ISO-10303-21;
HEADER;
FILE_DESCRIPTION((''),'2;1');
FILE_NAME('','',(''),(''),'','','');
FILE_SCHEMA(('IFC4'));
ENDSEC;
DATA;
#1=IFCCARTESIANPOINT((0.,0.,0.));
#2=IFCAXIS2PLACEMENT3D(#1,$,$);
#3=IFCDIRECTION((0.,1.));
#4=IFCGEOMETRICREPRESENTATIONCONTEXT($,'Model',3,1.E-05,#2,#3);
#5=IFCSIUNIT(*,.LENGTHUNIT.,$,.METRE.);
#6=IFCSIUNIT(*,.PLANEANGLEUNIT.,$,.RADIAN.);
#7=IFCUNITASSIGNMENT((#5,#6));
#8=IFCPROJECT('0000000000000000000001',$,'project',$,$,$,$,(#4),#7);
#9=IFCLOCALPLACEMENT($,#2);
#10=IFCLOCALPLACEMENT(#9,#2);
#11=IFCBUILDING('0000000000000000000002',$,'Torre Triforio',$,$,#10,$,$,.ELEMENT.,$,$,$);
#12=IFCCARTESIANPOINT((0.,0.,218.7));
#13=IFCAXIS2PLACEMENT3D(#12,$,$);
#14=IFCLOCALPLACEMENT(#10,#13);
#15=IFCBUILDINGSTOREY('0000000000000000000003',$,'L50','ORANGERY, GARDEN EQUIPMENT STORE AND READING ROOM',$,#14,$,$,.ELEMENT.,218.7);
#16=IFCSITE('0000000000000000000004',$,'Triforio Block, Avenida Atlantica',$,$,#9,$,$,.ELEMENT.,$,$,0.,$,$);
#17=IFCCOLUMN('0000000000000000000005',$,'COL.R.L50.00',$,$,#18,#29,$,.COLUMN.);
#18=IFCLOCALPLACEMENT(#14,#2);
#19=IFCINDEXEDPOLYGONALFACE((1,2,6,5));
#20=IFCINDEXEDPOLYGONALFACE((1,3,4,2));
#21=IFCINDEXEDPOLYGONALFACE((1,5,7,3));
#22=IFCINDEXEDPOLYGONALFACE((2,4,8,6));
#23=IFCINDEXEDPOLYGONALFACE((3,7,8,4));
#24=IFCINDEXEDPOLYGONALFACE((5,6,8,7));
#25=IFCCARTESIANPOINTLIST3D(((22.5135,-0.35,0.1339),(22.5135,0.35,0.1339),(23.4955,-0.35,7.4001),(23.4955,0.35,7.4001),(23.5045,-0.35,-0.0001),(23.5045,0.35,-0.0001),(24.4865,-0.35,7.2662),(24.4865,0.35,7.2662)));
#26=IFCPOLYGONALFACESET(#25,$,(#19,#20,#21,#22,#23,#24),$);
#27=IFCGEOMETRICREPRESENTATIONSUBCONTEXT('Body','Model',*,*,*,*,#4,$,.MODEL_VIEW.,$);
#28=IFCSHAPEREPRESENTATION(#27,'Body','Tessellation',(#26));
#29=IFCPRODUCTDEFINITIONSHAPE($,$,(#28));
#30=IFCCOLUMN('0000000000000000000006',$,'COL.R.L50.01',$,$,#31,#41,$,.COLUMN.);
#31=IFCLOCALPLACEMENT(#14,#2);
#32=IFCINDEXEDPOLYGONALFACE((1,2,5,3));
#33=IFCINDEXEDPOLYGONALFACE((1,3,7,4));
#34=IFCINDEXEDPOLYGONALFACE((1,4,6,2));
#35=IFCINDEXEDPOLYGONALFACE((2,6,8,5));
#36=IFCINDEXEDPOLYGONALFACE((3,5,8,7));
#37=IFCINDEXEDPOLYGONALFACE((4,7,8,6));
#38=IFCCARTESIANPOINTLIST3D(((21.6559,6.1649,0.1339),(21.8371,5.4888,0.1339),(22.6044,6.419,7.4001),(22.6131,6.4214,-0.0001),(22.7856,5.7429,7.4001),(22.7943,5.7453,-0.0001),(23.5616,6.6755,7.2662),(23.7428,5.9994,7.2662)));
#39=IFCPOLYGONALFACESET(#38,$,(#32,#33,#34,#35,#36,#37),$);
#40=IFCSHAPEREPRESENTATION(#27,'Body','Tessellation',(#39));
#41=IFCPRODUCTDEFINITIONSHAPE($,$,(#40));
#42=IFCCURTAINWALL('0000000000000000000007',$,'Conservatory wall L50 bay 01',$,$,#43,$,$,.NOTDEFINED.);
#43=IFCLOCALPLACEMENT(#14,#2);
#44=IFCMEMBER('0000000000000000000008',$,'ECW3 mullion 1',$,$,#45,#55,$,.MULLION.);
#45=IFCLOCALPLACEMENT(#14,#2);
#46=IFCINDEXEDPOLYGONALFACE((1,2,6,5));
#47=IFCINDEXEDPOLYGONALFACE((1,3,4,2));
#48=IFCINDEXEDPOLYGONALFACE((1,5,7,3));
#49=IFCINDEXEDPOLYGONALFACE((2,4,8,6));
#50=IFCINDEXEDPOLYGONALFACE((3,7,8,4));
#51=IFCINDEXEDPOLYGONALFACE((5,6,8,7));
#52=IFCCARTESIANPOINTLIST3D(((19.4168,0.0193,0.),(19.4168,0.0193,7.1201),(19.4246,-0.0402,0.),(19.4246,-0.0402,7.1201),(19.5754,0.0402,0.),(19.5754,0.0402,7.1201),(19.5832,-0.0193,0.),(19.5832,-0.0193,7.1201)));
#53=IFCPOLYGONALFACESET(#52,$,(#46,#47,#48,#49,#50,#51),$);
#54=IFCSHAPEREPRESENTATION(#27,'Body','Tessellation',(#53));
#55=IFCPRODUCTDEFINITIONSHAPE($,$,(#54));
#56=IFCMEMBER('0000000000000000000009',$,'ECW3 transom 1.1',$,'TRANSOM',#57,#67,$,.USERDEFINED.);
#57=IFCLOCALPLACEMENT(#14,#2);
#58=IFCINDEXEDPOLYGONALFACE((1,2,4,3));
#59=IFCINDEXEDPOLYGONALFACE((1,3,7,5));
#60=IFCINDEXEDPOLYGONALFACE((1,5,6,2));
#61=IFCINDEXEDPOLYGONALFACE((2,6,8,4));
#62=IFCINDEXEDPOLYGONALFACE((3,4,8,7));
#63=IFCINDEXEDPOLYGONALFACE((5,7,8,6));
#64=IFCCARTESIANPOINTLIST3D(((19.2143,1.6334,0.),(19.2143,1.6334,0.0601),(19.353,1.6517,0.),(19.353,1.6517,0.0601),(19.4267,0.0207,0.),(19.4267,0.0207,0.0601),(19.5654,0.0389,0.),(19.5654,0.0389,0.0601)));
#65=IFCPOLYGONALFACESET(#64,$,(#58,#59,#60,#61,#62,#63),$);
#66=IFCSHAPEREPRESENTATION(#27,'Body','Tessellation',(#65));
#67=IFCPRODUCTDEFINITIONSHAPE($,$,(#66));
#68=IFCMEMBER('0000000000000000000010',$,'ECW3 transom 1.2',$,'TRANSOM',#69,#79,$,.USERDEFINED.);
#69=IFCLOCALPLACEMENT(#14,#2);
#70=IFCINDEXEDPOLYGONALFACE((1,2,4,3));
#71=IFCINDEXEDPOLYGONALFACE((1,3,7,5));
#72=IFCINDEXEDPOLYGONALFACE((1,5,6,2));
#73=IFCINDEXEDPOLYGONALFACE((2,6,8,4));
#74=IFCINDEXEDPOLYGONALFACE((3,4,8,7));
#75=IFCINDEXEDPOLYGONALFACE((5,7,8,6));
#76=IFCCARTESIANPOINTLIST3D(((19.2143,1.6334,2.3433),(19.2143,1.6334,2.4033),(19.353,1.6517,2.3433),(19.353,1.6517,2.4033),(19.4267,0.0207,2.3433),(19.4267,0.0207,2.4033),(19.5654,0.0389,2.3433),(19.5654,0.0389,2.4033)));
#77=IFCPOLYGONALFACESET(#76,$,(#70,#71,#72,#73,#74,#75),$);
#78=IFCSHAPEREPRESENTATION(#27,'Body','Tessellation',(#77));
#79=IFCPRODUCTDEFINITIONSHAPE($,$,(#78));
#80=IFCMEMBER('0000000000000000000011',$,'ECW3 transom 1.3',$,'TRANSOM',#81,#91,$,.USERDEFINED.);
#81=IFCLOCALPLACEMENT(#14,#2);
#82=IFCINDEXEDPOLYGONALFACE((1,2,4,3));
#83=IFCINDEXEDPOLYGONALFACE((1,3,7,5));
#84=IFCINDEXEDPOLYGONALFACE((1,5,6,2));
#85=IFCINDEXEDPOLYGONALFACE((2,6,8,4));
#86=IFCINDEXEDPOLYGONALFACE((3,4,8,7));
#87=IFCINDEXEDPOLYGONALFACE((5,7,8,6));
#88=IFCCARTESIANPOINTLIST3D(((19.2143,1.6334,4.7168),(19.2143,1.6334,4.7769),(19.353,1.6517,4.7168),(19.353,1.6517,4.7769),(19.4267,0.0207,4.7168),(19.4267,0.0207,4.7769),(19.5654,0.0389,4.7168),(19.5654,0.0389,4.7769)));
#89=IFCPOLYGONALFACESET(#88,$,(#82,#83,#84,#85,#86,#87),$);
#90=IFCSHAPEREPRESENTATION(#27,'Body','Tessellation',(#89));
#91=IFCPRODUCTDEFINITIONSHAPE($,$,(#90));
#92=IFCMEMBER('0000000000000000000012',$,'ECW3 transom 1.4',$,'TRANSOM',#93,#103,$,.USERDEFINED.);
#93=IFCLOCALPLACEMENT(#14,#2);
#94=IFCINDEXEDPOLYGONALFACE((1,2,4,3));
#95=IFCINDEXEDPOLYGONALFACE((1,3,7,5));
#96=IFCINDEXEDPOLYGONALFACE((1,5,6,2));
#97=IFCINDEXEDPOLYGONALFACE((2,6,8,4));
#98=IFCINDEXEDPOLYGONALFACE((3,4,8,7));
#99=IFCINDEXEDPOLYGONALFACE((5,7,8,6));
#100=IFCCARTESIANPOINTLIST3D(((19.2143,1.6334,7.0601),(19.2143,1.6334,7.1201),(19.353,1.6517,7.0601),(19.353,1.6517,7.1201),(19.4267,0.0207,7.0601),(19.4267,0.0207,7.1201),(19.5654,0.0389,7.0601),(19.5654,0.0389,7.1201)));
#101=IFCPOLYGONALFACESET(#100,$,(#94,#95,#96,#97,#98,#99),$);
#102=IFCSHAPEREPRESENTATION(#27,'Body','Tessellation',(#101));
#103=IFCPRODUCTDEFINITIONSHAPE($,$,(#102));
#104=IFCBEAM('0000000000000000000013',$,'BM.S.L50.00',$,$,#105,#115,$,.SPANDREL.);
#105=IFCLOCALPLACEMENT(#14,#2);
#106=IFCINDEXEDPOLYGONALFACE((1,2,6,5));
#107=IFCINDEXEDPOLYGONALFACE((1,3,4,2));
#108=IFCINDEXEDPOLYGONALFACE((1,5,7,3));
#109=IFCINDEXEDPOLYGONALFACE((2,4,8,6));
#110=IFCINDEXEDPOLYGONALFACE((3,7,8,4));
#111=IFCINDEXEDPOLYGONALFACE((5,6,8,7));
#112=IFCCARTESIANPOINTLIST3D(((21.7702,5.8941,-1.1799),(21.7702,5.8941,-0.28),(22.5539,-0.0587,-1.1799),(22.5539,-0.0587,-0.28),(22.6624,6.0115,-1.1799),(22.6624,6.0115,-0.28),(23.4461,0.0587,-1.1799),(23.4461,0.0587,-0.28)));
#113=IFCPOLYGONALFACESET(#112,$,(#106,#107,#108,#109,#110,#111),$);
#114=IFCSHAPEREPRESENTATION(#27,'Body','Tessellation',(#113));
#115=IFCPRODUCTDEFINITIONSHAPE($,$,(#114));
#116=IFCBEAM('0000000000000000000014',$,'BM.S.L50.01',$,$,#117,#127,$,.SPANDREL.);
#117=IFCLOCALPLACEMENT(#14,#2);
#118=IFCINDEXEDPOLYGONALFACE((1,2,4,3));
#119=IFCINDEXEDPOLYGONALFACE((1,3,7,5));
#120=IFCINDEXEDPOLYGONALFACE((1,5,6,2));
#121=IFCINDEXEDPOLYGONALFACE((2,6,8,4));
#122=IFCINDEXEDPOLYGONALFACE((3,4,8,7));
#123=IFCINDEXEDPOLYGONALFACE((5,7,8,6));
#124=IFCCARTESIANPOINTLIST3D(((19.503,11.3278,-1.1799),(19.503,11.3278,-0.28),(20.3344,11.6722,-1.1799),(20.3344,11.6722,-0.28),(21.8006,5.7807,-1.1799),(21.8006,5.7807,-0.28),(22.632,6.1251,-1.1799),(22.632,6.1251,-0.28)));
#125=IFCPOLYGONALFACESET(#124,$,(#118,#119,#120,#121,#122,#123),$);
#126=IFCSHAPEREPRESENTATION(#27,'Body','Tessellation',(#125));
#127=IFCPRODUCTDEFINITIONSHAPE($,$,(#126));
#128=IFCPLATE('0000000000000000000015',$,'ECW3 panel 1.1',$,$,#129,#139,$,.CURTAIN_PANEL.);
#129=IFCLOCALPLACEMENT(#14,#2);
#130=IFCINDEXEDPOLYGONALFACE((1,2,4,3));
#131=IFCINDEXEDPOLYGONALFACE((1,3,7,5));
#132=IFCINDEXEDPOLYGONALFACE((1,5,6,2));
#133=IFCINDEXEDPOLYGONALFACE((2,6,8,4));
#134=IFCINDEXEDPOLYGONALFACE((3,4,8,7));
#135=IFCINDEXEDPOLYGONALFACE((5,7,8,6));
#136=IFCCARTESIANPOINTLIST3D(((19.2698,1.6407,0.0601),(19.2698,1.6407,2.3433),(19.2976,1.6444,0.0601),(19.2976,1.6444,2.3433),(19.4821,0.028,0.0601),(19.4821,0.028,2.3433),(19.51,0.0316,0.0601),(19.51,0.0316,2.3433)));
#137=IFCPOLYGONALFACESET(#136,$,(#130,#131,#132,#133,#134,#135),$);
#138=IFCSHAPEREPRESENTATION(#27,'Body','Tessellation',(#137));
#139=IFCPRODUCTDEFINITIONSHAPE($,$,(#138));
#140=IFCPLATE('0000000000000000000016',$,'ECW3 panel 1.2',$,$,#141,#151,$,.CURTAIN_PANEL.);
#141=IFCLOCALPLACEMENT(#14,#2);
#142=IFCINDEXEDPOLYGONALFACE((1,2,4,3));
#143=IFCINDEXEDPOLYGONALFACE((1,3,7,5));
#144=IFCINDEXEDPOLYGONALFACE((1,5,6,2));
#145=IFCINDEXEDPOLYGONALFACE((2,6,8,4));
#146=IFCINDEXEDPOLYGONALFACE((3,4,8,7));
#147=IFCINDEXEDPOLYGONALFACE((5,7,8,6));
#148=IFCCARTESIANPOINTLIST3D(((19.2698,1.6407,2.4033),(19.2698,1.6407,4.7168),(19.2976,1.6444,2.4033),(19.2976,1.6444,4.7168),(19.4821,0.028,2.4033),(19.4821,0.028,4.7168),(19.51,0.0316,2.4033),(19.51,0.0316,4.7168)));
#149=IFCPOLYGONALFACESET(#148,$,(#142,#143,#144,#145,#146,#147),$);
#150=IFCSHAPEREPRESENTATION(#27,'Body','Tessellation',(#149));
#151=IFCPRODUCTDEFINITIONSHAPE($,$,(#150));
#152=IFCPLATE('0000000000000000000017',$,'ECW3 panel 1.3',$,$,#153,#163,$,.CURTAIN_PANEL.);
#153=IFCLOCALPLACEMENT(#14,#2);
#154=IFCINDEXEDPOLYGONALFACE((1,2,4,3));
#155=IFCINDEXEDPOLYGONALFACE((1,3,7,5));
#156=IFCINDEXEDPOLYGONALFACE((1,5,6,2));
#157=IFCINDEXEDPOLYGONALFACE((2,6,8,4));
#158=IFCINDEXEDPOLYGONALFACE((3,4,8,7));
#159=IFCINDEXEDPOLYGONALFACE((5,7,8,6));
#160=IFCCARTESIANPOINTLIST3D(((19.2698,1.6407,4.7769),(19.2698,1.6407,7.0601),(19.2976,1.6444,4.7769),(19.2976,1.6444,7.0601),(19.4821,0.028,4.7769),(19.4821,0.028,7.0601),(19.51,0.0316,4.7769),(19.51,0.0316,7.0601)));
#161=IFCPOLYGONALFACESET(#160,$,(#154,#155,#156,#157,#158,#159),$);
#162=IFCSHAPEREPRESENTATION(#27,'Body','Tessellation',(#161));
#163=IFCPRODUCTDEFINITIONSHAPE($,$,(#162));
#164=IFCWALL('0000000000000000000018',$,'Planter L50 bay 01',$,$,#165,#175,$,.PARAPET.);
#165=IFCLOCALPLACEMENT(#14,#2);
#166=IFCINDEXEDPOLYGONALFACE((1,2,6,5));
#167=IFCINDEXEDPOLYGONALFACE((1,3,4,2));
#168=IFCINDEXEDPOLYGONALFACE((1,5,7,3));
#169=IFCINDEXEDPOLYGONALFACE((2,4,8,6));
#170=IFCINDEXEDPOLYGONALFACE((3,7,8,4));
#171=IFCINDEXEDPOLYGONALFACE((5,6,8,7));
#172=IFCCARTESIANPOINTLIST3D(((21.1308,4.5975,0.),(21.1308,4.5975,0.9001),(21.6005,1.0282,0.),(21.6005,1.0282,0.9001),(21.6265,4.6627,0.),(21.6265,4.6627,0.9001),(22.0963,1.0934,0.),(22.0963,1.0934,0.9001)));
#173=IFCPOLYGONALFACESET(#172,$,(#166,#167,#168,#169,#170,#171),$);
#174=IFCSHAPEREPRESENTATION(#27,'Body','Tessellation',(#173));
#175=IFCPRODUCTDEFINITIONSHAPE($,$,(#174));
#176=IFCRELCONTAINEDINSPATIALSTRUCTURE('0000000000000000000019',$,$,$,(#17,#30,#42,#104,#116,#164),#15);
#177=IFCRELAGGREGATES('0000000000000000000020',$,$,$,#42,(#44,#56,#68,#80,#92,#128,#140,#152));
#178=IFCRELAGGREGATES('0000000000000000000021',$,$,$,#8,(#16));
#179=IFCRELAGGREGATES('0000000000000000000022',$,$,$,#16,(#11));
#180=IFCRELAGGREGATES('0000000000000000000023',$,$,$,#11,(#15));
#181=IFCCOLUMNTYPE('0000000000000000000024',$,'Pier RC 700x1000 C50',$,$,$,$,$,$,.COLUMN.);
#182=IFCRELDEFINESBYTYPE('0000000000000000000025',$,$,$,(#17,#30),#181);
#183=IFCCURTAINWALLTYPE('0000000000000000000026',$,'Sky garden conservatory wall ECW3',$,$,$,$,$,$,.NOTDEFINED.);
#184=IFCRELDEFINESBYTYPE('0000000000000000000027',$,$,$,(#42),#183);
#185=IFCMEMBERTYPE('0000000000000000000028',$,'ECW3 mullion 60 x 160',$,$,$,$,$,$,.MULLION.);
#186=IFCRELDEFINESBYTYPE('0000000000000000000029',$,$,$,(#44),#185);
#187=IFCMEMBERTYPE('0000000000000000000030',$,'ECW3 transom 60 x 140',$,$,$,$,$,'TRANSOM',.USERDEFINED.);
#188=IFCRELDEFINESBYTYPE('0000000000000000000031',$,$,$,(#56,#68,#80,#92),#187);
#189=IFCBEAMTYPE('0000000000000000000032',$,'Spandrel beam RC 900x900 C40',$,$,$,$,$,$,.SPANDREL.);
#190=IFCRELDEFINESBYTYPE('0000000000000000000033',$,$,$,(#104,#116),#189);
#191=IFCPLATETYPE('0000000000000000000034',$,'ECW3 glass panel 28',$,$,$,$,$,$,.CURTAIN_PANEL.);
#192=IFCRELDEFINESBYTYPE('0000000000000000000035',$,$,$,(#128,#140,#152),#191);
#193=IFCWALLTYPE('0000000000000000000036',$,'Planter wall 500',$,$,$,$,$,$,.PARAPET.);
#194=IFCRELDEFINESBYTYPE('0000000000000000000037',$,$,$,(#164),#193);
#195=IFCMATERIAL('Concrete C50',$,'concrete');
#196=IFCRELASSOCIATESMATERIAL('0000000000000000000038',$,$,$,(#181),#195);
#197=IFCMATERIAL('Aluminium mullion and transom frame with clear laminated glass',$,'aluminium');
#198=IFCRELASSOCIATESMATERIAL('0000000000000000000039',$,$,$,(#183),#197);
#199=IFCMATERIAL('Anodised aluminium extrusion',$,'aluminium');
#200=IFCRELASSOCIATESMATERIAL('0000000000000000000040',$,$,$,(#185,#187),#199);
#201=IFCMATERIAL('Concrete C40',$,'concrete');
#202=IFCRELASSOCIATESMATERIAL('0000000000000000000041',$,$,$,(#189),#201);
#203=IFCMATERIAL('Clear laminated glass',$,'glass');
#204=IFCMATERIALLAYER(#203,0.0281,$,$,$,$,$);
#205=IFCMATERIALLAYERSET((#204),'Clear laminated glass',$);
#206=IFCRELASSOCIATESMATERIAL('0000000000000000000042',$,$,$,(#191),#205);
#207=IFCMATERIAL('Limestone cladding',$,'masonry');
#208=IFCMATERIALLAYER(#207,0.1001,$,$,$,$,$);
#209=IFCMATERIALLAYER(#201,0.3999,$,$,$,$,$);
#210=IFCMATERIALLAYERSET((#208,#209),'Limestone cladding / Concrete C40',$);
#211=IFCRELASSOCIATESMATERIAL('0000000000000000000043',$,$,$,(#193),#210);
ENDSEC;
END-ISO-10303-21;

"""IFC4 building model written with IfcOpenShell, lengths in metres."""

from ifc_helpers import new_model, si_unit, direction, frame, frame_2d, origin, origin_2d, place, context, subcontext, project, spatial, rectangle, extrude, material, layer, layer_set, material_profile, profile_set, type_object, element, aggregate, save


model = new_model("IFC4")

# Units and contexts
model_context = context("Model", 3, precision=1e-05, world=origin(), true_north=direction((0.0, 1.0)))
body_context = subcontext(model_context, "Body", "Model", "MODEL_VIEW")
ifc_project = project(units=[si_unit("LENGTHUNIT", "METRE"), si_unit("PLANEANGLEUNIT", "RADIAN")], contexts=[model_context])

# Site, building, storey
site_placement = place(None, origin())
site = spatial("IfcSite", under=ifc_project, at=site_placement, Name="Triforio Block, Avenida Atlantica", CompositionType="ELEMENT", RefElevation=0.0)
building_placement = place(site_placement, origin())
building = spatial("IfcBuilding", under=site, at=building_placement, Name="Torre Triforio", CompositionType="ELEMENT")
storey_placement = place(building_placement, frame((0.0, 0.0, 218.7)))
storey = spatial("IfcBuildingStorey", under=building, at=storey_placement, Name="L50", Description="ORANGERY, GARDEN EQUIPMENT STORE AND READING ROOM", CompositionType="ELEMENT", Elevation=218.7)

# Columns
ifc_material_1 = material(Name="Concrete C50", Category="concrete")
ifc_material_profile_1 = material_profile(ifc_material_1, rectangle(XDim=0.7, YDim=1.0, at=origin_2d()), Name="RC 700x1000")
ifc_profile_set_1 = profile_set([ifc_material_profile_1], Name="Concrete C50")
column_type = type_object("IfcColumnType", Name="Pier RC 700x1000 C50", PredefinedType="COLUMN", material=ifc_profile_set_1)
for number, where, z_axis, x_axis, name in (
    (1, (23.009, 0.0, 0.0669), (0.133921, 0.0, 0.990992), (0.0, 1.0, 0.0), "COL.R.L50.00"),
    (2, (22.2251, 5.9551, 0.0669), (0.12936, 0.034662, 0.990992), (-0.258823, 0.965925, 0.0), "COL.R.L50.01"),
):
    element("IfcColumn", number, at=place(storey_placement, frame(where, z_axis=z_axis, x_axis=x_axis)), inside=storey, type_object=column_type, Name=name, PredefinedType="COLUMN", context=body_context, shape_type="SweptSolid", body=[
        extrude(rectangle(XDim=0.7, YDim=1.0, at=origin_2d()), origin(), (0.0, 0.0, 1.0), 7.3323),
    ])

# Curtain wall, members
ifc_material_2 = material(Name="Aluminium mullion and transom frame with clear laminated glass", Category="aluminium")
curtain_wall_type = type_object("IfcCurtainWallType", Name="Sky garden conservatory wall ECW3", PredefinedType="NOTDEFINED", material=ifc_material_2)
curtain_wall_placement = place(storey_placement, origin())
curtain_wall = element("IfcCurtainWall", 3, at=curtain_wall_placement, inside=storey, type_object=curtain_wall_type, Name="Conservatory wall L50 bay 01", PredefinedType="NOTDEFINED")
ifc_material_3 = material(Name="Anodised aluminium extrusion", Category="aluminium")
ifc_material_profile_2 = material_profile(ifc_material_3, rectangle(XDim=0.1599, YDim=0.0601, at=origin_2d()), Name="ECW3 MULLION 60x160")
ifc_profile_set_2 = profile_set([ifc_material_profile_2], Name="Anodised aluminium extrusion")
member_type_1 = type_object("IfcMemberType", Name="ECW3 mullion 60 x 160", PredefinedType="MULLION", material=ifc_profile_set_2)
member_1_placement = place(storey_placement, frame((19.5, 0.0, 0.0), z_axis=(0.0, 0.0, 1.0), x_axis=(-0.991444, -0.130532, 0.0)))
member_1 = element("IfcMember", 4, at=member_1_placement, type_object=member_type_1, Name="ECW3 mullion 1", PredefinedType="MULLION", context=body_context, shape_type="SweptSolid", body=[
    extrude(rectangle(XDim=0.1599, YDim=0.0601, at=origin_2d()), origin(), (0.0, 0.0, 1.0), 7.1201),
])
ifc_material_profile_3 = material_profile(ifc_material_3, rectangle(XDim=0.1399, YDim=0.0601, at=origin_2d()), Name="ECW3 TRANSOM 60x140")
ifc_profile_set_3 = profile_set([ifc_material_profile_3], Name="Anodised aluminium extrusion")
member_type_2 = type_object("IfcMemberType", Name="ECW3 transom 60 x 140", ElementType="TRANSOM", PredefinedType="USERDEFINED", material=ifc_profile_set_3)
member_2_placement = place(storey_placement, frame((19.4961, 0.0298, 0.03), z_axis=(-0.130571, 0.991439, 0.0), x_axis=(-0.991439, -0.130571, 0.0)))
member_2 = element("IfcMember", 5, at=member_2_placement, type_object=member_type_2, Name="ECW3 transom 1.1", ObjectType="TRANSOM", PredefinedType="USERDEFINED", context=body_context, shape_type="SweptSolid", body=[
    extrude(rectangle(XDim=0.1399, YDim=0.0601, at=origin_2d()), origin(), (0.0, 0.0, 1.0), 1.6267),
])
member_3_placement = place(storey_placement, frame((19.4961, 0.0298, 2.3733), z_axis=(-0.130571, 0.991439, 0.0), x_axis=(-0.991439, -0.130571, 0.0)))
member_3 = element("IfcMember", 6, at=member_3_placement, type_object=member_type_2, Name="ECW3 transom 1.2", ObjectType="TRANSOM", PredefinedType="USERDEFINED", context=body_context, shape_type="SweptSolid", body=[
    extrude(rectangle(XDim=0.1399, YDim=0.0601, at=origin_2d()), origin(), (0.0, 0.0, 1.0), 1.6267),
])
member_4_placement = place(storey_placement, frame((19.4961, 0.0298, 4.7468), z_axis=(-0.130571, 0.991439, 0.0), x_axis=(-0.991439, -0.130571, 0.0)))
member_4 = element("IfcMember", 7, at=member_4_placement, type_object=member_type_2, Name="ECW3 transom 1.3", ObjectType="TRANSOM", PredefinedType="USERDEFINED", context=body_context, shape_type="SweptSolid", body=[
    extrude(rectangle(XDim=0.1399, YDim=0.0601, at=origin_2d()), origin(), (0.0, 0.0, 1.0), 1.6267),
])
member_5_placement = place(storey_placement, frame((19.4961, 0.0298, 7.0901), z_axis=(-0.130571, 0.991439, 0.0), x_axis=(-0.991439, -0.130571, 0.0)))
member_5 = element("IfcMember", 8, at=member_5_placement, type_object=member_type_2, Name="ECW3 transom 1.4", ObjectType="TRANSOM", PredefinedType="USERDEFINED", context=body_context, shape_type="SweptSolid", body=[
    extrude(rectangle(XDim=0.1399, YDim=0.0601, at=origin_2d()), origin(), (0.0, 0.0, 1.0), 1.6267),
])

# Beams
ifc_material_4 = material(Name="Concrete C40", Category="concrete")
ifc_material_profile_4 = material_profile(ifc_material_4, rectangle(XDim=0.8999, YDim=0.8999, at=origin_2d()), Name="RC 900x900")
ifc_profile_set_4 = profile_set([ifc_material_profile_4], Name="Concrete C40")
beam_type = type_object("IfcBeamType", Name="Spandrel beam RC 900x900 C40", PredefinedType="SPANDREL", material=ifc_profile_set_4)
for number, where, z_axis, x_axis, name in (
    (9, (23.0, 0.0, -0.73), (-0.130523, 0.991445, 0.0), (-0.991445, -0.130523, 0.0), "BM.S.L50.00"),
    (10, (22.2163, 5.9529, -0.73), (-0.382671, 0.923885, 0.0), (-0.923885, -0.382671, 0.0), "BM.S.L50.01"),
):
    element("IfcBeam", number, at=place(storey_placement, frame(where, z_axis=z_axis, x_axis=x_axis)), inside=storey, type_object=beam_type, Name=name, PredefinedType="SPANDREL", context=body_context, shape_type="SweptSolid", body=[
        extrude(rectangle(XDim=0.8999, YDim=0.8999, at=origin_2d()), origin(), (0.0, 0.0, 1.0), 6.0042),
    ])

# Plates
ifc_material_5 = material(Name="Clear laminated glass", Category="glass")
ifc_layer_1 = layer(ifc_material_5, 0.0281)
ifc_layer_set_1 = layer_set([ifc_layer_1], Name="Clear laminated glass")
plate_type = type_object("IfcPlateType", Name="ECW3 glass panel 28", PredefinedType="CURTAIN_PANEL", material=ifc_layer_set_1)
plate_1_placement = place(storey_placement, frame((19.3899, 0.8362, 0.0601), z_axis=(0.0, 0.0, 1.0), x_axis=(-0.130532, 0.991444, 0.0)))
plate_1 = element("IfcPlate", 11, at=plate_1_placement, type_object=plate_type, Name="ECW3 panel 1.1", PredefinedType="CURTAIN_PANEL", context=body_context, shape_type="SweptSolid", body=[
    extrude(rectangle(XDim=1.6267, YDim=0.0281, at=origin_2d()), origin(), (0.0, 0.0, 1.0), 2.2832),
])
plate_2_placement = place(storey_placement, frame((19.3899, 0.8362, 2.4033), z_axis=(0.0, 0.0, 1.0), x_axis=(-0.130532, 0.991444, 0.0)))
plate_2 = element("IfcPlate", 12, at=plate_2_placement, type_object=plate_type, Name="ECW3 panel 1.2", PredefinedType="CURTAIN_PANEL", context=body_context, shape_type="SweptSolid", body=[
    extrude(rectangle(XDim=1.6267, YDim=0.0281, at=origin_2d()), origin(), (0.0, 0.0, 1.0), 2.3135),
])
plate_3_placement = place(storey_placement, frame((19.3899, 0.8362, 4.7769), z_axis=(0.0, 0.0, 1.0), x_axis=(-0.130532, 0.991444, 0.0)))
plate_3 = element("IfcPlate", 13, at=plate_3_placement, type_object=plate_type, Name="ECW3 panel 1.3", PredefinedType="CURTAIN_PANEL", context=body_context, shape_type="SweptSolid", body=[
    extrude(rectangle(XDim=1.6267, YDim=0.0281, at=origin_2d()), origin(), (0.0, 0.0, 1.0), 2.2832),
])
aggregate(curtain_wall, [member_1, member_2, member_3, member_4, member_5, plate_1, plate_2, plate_3])

# Wall
ifc_material_6 = material(Name="Limestone cladding", Category="masonry")
ifc_layer_2 = layer(ifc_material_6, 0.1001)
ifc_layer_3 = layer(ifc_material_4, 0.3999)
ifc_layer_set_2 = layer_set([ifc_layer_2, ifc_layer_3], Name="Limestone cladding / Concrete C40")
wall_type = type_object("IfcWallType", Name="Planter wall 500", PredefinedType="PARAPET", material=ifc_layer_set_2)
wall_placement = place(storey_placement, frame((21.8484, 1.0608, 0.0), z_axis=(0.0, 0.0, 1.0), x_axis=(-0.130476, 0.991452, 0.0)))
element("IfcWall", 14, at=wall_placement, inside=storey, type_object=wall_type, Name="Planter L50 bay 01", PredefinedType="PARAPET", context=body_context, shape_type="SweptSolid", body=[
    extrude(rectangle(XDim=3.6001, YDim=0.5, at=frame_2d((1.8, 0.0))), origin(), (0.0, 0.0, 1.0), 0.9001),
])

save(model, "model.ifc")
